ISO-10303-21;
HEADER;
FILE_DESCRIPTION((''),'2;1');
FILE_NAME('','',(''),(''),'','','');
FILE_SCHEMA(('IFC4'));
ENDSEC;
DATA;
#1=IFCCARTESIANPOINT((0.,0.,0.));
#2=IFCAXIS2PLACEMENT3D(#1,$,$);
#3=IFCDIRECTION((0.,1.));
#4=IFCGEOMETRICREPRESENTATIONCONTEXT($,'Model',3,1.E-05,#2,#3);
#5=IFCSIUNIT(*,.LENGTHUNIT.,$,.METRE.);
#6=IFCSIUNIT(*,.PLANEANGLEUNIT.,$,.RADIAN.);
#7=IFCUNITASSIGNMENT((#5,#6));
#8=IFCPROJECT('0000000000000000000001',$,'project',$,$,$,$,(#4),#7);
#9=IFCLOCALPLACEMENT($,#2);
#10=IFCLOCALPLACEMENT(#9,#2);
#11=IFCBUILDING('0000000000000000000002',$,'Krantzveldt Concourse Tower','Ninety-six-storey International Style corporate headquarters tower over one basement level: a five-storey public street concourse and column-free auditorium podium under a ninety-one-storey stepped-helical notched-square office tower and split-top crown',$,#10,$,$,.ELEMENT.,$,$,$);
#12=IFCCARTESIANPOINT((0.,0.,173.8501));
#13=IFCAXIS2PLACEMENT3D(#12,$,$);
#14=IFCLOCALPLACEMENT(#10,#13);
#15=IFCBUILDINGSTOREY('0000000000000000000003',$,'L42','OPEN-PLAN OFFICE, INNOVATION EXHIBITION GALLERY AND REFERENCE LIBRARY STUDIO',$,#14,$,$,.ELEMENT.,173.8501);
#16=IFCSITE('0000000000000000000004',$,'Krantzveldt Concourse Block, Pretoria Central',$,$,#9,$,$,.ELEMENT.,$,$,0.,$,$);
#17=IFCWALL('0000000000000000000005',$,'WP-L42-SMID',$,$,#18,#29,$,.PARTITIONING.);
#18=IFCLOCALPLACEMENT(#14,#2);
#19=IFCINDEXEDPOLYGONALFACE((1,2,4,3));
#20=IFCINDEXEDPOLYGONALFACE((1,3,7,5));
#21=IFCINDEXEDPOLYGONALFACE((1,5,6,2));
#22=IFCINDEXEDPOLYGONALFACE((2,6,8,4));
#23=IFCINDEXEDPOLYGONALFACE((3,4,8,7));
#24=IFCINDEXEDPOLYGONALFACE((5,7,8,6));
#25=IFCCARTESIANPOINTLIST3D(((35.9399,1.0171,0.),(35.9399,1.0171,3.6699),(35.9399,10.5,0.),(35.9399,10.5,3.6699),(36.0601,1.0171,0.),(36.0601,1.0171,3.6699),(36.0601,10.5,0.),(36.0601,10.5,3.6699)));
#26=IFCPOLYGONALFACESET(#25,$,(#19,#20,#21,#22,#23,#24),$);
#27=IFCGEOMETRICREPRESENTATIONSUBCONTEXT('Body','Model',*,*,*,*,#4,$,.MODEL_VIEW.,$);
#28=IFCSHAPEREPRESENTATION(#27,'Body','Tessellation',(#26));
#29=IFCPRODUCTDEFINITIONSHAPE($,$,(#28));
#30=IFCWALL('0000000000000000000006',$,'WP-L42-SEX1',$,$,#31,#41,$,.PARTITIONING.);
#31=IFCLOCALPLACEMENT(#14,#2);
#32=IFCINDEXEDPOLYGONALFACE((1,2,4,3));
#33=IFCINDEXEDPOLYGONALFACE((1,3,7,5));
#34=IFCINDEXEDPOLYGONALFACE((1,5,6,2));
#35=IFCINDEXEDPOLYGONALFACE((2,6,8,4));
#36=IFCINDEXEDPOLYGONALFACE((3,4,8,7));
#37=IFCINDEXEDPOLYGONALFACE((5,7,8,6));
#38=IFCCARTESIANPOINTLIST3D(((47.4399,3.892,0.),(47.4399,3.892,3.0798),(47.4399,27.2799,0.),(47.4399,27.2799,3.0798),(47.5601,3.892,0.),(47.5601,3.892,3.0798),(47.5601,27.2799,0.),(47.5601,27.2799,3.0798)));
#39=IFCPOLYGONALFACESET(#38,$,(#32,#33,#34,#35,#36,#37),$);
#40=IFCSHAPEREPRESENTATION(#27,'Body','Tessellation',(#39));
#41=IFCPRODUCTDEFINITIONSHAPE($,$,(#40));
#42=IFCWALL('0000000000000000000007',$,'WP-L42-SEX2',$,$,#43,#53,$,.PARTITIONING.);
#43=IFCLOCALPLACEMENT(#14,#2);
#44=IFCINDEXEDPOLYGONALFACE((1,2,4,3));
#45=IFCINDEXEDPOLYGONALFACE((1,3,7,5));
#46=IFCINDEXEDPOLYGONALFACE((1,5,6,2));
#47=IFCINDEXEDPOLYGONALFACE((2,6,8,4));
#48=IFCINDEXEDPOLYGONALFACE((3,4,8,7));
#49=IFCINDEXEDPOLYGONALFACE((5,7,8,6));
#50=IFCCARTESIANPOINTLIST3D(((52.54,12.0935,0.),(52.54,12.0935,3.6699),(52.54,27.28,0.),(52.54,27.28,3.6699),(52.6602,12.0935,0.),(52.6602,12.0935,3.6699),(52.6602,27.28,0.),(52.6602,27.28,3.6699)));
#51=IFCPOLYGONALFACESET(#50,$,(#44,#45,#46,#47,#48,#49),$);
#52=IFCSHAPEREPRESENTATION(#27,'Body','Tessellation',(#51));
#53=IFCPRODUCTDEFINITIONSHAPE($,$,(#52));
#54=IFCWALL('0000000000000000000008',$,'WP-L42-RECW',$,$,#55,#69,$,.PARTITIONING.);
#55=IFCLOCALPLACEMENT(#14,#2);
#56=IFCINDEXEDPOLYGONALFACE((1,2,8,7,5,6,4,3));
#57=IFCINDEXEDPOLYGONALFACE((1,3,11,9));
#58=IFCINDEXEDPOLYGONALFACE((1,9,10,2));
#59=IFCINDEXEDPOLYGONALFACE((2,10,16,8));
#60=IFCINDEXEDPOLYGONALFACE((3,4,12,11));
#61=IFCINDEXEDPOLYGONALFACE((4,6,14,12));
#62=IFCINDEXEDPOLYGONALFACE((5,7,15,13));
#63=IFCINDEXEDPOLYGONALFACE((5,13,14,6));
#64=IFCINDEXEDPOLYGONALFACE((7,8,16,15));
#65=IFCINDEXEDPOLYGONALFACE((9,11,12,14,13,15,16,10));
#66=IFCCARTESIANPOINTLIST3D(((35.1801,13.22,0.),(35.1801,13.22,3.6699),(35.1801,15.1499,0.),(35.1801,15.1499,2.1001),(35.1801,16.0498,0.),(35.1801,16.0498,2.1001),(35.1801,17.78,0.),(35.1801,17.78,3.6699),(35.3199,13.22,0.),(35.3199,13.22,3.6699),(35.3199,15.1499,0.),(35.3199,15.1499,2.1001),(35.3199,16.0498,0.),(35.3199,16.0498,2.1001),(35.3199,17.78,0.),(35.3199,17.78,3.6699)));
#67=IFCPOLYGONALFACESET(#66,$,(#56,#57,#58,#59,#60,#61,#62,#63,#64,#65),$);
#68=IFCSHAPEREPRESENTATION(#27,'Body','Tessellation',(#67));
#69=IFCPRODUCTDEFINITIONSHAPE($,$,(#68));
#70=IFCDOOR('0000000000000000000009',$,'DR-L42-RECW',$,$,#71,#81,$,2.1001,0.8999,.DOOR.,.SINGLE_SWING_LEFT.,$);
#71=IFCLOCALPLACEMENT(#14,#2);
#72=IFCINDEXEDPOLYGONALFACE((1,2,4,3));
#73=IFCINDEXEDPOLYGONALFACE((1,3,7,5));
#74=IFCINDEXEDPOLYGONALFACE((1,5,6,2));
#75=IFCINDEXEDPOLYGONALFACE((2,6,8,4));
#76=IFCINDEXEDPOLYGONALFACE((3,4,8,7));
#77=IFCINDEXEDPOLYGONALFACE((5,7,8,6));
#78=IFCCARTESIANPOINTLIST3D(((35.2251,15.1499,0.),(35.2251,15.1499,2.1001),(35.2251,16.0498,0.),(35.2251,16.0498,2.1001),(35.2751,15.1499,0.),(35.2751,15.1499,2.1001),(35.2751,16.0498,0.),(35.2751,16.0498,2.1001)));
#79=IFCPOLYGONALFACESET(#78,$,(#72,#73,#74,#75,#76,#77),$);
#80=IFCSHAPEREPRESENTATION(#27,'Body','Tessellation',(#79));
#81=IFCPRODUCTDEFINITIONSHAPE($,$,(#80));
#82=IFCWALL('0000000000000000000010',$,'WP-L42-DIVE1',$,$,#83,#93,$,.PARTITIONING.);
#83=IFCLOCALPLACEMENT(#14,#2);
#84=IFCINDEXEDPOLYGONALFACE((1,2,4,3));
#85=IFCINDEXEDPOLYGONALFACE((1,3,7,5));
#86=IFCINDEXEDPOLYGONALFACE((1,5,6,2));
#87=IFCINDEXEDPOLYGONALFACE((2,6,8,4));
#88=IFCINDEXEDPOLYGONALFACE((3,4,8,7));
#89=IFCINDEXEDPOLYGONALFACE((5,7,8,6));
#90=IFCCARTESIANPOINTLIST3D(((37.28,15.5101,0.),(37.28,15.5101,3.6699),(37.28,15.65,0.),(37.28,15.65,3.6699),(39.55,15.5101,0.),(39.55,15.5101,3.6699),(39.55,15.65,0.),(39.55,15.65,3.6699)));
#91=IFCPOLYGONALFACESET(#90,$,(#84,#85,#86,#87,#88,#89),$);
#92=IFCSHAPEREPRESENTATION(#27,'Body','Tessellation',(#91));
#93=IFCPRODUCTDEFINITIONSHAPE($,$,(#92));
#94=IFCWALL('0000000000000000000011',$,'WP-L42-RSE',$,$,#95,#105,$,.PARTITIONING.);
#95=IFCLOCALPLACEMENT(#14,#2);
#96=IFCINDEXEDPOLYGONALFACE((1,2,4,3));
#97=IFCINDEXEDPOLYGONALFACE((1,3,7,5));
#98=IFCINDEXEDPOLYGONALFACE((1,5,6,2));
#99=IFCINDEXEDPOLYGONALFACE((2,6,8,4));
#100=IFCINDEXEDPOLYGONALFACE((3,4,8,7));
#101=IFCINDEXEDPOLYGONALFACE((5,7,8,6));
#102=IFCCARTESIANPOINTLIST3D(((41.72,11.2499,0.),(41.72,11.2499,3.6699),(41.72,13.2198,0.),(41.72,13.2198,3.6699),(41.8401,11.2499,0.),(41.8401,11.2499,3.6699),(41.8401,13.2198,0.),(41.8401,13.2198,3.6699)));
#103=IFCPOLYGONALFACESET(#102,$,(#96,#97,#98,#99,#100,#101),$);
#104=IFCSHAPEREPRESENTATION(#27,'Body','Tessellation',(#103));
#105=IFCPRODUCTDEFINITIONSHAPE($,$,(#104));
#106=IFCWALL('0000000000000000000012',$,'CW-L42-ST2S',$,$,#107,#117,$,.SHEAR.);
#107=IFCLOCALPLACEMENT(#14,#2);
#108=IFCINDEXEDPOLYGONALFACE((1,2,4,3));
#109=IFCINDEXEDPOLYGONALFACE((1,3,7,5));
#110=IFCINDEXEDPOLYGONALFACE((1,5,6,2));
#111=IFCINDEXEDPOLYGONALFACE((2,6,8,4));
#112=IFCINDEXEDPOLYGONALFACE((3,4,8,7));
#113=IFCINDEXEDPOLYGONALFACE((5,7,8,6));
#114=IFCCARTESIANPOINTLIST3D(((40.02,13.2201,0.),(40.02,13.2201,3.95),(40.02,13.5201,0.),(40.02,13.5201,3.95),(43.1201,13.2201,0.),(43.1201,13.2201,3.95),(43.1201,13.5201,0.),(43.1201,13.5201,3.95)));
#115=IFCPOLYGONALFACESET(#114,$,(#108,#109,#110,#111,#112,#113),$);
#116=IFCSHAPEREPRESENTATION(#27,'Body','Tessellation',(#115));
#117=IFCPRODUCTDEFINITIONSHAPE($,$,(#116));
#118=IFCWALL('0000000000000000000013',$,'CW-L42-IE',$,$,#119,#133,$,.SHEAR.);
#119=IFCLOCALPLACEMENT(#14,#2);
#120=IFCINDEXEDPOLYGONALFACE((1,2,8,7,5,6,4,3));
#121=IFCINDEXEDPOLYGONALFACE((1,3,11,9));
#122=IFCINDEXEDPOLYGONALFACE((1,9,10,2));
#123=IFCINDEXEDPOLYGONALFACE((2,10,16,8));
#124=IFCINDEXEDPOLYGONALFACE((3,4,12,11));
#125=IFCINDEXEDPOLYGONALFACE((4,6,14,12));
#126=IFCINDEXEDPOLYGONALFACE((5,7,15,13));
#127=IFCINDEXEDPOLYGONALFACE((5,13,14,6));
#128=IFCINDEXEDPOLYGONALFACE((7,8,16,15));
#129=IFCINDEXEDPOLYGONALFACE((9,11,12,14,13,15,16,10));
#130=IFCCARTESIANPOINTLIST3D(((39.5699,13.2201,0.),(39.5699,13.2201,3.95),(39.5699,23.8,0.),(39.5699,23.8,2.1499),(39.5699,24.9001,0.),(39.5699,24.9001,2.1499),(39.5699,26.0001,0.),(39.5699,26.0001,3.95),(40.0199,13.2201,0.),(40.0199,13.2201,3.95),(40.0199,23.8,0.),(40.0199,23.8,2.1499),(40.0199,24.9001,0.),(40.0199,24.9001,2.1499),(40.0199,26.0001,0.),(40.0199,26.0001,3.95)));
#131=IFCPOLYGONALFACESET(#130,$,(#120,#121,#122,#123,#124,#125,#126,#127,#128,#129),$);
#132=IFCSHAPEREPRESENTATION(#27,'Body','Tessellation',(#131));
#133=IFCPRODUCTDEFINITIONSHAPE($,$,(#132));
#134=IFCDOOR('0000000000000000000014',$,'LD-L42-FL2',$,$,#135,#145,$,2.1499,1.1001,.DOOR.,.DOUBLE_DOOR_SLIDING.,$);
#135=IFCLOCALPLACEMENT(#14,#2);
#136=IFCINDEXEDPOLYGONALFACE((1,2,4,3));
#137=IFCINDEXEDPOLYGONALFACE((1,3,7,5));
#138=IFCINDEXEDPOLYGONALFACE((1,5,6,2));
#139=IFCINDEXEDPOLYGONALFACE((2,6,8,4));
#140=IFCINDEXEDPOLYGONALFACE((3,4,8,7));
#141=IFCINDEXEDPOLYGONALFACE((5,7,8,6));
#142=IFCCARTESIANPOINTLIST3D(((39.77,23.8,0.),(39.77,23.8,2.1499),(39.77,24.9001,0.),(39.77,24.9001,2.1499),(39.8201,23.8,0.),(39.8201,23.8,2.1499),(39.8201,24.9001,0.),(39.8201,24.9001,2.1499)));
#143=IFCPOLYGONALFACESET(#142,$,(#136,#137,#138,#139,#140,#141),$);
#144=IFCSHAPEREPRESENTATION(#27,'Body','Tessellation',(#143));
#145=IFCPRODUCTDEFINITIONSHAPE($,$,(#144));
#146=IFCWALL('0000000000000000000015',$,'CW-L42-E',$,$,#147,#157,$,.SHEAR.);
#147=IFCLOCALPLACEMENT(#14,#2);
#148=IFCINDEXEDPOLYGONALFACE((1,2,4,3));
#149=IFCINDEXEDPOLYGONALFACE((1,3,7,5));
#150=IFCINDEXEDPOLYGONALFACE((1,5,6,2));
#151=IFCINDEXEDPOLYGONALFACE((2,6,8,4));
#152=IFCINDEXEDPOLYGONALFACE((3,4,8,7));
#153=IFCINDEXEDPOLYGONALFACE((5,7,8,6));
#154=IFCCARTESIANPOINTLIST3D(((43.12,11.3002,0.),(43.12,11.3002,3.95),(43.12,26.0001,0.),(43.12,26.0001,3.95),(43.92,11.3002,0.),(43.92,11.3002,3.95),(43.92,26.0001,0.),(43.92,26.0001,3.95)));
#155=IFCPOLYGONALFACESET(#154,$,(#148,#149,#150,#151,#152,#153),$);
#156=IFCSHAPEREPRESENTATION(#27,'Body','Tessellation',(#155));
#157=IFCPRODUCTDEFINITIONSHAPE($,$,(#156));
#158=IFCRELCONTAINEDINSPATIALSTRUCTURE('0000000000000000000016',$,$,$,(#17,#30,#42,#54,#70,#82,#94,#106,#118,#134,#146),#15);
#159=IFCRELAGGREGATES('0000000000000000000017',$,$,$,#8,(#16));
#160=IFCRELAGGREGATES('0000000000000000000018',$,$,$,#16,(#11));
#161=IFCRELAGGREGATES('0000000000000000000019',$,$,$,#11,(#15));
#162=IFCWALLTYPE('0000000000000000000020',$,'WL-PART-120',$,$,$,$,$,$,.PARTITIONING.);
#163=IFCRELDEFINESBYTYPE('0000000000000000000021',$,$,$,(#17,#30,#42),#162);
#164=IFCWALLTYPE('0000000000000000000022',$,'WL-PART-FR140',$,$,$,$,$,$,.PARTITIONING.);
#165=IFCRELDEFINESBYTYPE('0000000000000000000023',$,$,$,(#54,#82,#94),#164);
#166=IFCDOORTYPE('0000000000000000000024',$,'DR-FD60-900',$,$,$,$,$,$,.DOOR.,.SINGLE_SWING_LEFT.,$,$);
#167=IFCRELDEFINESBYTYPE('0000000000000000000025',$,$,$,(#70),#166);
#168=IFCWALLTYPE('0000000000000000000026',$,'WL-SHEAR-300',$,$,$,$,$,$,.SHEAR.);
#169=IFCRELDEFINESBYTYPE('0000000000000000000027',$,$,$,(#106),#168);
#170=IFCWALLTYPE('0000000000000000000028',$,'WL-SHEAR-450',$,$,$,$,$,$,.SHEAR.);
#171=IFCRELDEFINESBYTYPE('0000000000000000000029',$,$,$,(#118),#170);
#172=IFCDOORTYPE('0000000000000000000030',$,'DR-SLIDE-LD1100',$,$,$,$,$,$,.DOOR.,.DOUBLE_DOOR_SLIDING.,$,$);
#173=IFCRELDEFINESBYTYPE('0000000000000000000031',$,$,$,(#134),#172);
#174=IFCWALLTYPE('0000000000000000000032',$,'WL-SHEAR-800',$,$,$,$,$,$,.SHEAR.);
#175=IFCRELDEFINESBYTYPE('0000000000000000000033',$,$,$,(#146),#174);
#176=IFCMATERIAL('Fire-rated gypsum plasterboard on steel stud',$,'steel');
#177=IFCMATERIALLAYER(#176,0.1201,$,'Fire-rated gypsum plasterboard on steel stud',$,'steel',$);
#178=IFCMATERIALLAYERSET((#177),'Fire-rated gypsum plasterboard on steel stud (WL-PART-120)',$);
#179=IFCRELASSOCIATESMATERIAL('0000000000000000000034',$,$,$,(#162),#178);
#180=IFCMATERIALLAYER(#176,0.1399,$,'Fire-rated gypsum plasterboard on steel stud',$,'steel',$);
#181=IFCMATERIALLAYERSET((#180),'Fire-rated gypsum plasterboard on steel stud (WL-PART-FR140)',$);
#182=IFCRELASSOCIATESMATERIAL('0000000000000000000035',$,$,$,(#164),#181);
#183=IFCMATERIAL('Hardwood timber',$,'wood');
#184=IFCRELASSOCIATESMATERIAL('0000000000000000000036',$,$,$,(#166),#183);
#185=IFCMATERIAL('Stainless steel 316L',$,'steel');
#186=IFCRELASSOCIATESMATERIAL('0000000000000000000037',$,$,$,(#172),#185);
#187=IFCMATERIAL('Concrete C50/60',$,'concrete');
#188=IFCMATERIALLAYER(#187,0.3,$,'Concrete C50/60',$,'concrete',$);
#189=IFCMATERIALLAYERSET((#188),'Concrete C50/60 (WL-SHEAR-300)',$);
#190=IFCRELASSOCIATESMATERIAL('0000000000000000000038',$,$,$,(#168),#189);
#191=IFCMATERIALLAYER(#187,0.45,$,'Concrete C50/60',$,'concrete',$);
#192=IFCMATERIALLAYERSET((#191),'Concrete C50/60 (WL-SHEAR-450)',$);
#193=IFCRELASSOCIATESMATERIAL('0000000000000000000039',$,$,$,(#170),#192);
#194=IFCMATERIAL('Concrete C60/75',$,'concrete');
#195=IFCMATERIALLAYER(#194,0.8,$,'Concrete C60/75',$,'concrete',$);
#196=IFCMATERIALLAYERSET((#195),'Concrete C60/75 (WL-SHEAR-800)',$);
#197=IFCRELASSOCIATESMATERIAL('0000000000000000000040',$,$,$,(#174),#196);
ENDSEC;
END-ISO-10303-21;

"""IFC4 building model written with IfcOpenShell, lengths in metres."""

from ifc_helpers import new_model, si_unit, direction, frame, frame_2d, origin, place, context, subcontext, project, spatial, rectangle, extrude, material, layer, layer_set, type_object, element, fill, save


model = new_model("IFC4")

# Units and contexts
model_context = context("Model", 3, precision=1e-05, world=origin(), true_north=direction((0.0, 1.0)))
body_context = subcontext(model_context, "Body", "Model", "MODEL_VIEW")
ifc_project = project(units=[si_unit("LENGTHUNIT", "METRE"), si_unit("PLANEANGLEUNIT", "RADIAN")], contexts=[model_context])

# Site, building, storey
site_placement = place(None, origin())
site = spatial("IfcSite", under=ifc_project, at=site_placement, Name="Krantzveldt Concourse Block, Pretoria Central", CompositionType="ELEMENT", RefElevation=0.0)
building_placement = place(site_placement, origin())
building = spatial("IfcBuilding", under=site, at=building_placement, Name="Krantzveldt Concourse Tower", Description="Ninety-six-storey International Style corporate headquarters tower over one basement level: a five-storey public street concourse and column-free auditorium podium under a ninety-one-storey stepped-helical notched-square office tower and split-top crown", CompositionType="ELEMENT")
storey_placement = place(building_placement, frame((0.0, 0.0, 173.8501)))
storey = spatial("IfcBuildingStorey", under=building, at=storey_placement, Name="L42", Description="OPEN-PLAN OFFICE, INNOVATION EXHIBITION GALLERY AND REFERENCE LIBRARY STUDIO", CompositionType="ELEMENT", Elevation=173.8501)

# Shared definitions
ifc_material_1 = material(Name="Fire-rated gypsum plasterboard on steel stud", Category="steel")
ifc_layer_1 = layer(ifc_material_1, 0.1201, Name="Fire-rated gypsum plasterboard on steel stud", Category="steel")
ifc_layer_set_1 = layer_set([ifc_layer_1], Name="Fire-rated gypsum plasterboard on steel stud (WL-PART-120)")
wall_type_1 = type_object("IfcWallType", Name="WL-PART-120", PredefinedType="PARTITIONING", material=ifc_layer_set_1)
ifc_material_2 = material(Name="Hardwood timber", Category="wood")

# Walls
wall_1_placement = place(storey_placement, frame((36.0, 1.0171, 0.0), z_axis=(0.0, 0.0, 1.0), x_axis=(0.0, 1.0, 0.0)))
element("IfcWall", 1, at=wall_1_placement, inside=storey, type_object=wall_type_1, Name="WP-L42-SMID", PredefinedType="PARTITIONING", context=body_context, shape_type="SweptSolid", body=[
    extrude(rectangle(XDim=9.4829, YDim=0.1201, at=frame_2d((4.7415, 0.0))), origin(), (0.0, 0.0, 1.0), 3.6699),
])
wall_2_placement = place(storey_placement, frame((47.5, 3.8921, 0.0), z_axis=(0.0, 0.0, 1.0), x_axis=(0.0, 1.0, 0.0)))
element("IfcWall", 2, at=wall_2_placement, inside=storey, type_object=wall_type_1, Name="WP-L42-SEX1", PredefinedType="PARTITIONING", context=body_context, shape_type="SweptSolid", body=[
    extrude(rectangle(XDim=23.3879, YDim=0.1201, at=frame_2d((11.6938, 0.0))), origin(), (0.0, 0.0, 1.0), 3.0798),
])
wall_3_placement = place(storey_placement, frame((52.6001, 12.0935, 0.0), z_axis=(0.0, 0.0, 1.0), x_axis=(0.0, 1.0, 0.0)))
element("IfcWall", 3, at=wall_3_placement, inside=storey, type_object=wall_type_1, Name="WP-L42-SEX2", PredefinedType="PARTITIONING", context=body_context, shape_type="SweptSolid", body=[
    extrude(rectangle(XDim=15.1865, YDim=0.1201, at=frame_2d((7.5933, 0.0))), origin(), (0.0, 0.0, 1.0), 3.6699),
])

# Wall, opening, door
ifc_layer_2 = layer(ifc_material_1, 0.1399, Name="Fire-rated gypsum plasterboard on steel stud", Category="steel")
ifc_layer_set_2 = layer_set([ifc_layer_2], Name="Fire-rated gypsum plasterboard on steel stud (WL-PART-FR140)")
wall_type_2 = type_object("IfcWallType", Name="WL-PART-FR140", PredefinedType="PARTITIONING", material=ifc_layer_set_2)
wall_4_placement = place(storey_placement, frame((35.25, 13.22, 0.0), z_axis=(0.0, 0.0, 1.0), x_axis=(0.0, 1.0, 0.0)))
wall_4 = element("IfcWall", 4, at=wall_4_placement, inside=storey, type_object=wall_type_2, Name="WP-L42-RECW", PredefinedType="PARTITIONING", context=body_context, shape_type="SweptSolid", body=[
    extrude(rectangle(XDim=4.5601, YDim=0.1399, at=frame_2d((2.28, 0.0))), origin(), (0.0, 0.0, 1.0), 3.6699),
])
opening_1_placement = place(wall_4_placement, frame((1.9299, 0.0, 0.0)))
opening_1 = element("IfcOpeningElement", 5, at=opening_1_placement, cuts=wall_4, PredefinedType="OPENING", context=body_context, shape_type="SweptSolid", body=[
    extrude(rectangle(XDim=0.8999, YDim=2.1001, at=frame_2d((0.45, 1.05))), frame((0.0, 0.0801, 0.0), z_axis=(0.0, -1.0, 0.0), x_axis=(1.0, 0.0, 0.0)), (0.0, 0.0, 1.0), 0.1599),
])
door_type_1 = type_object("IfcDoorType", Name="DR-FD60-900", OperationType="SINGLE_SWING_LEFT", PredefinedType="DOOR", material=ifc_material_2)
door_1_placement = place(opening_1_placement, origin())
door_1 = element("IfcDoor", 6, at=door_1_placement, inside=storey, type_object=door_type_1, Name="DR-L42-RECW", OperationType="SINGLE_SWING_LEFT", OverallHeight=2.1001, OverallWidth=0.8999, PredefinedType="DOOR", context=body_context, shape_type="SweptSolid", body=[
    extrude(rectangle(XDim=0.8999, YDim=2.1001, at=frame_2d((0.45, 1.05))), frame((0.0, 0.0249, 0.0), z_axis=(0.0, -1.0, 0.0), x_axis=(1.0, 0.0, 0.0)), (0.0, 0.0, 1.0), 0.05),
])
fill(opening_1, door_1)

# Shared definitions
ifc_material_3 = material(Name="Stainless steel 316L", Category="steel")
door_type_2 = type_object("IfcDoorType", Name="DR-SLIDE-LD1100", OperationType="DOUBLE_DOOR_SLIDING", PredefinedType="DOOR", material=ifc_material_3)

# Walls
wall_5_placement = place(storey_placement, frame((37.28, 15.5801, 0.0), z_axis=(0.0, 0.0, 1.0), x_axis=(1.0, 0.0, 0.0)))
element("IfcWall", 7, at=wall_5_placement, inside=storey, type_object=wall_type_2, Name="WP-L42-DIVE1", PredefinedType="PARTITIONING", context=body_context, shape_type="SweptSolid", body=[
    extrude(rectangle(XDim=2.27, YDim=0.1399, at=frame_2d((1.135, 0.0))), origin(), (0.0, 0.0, 1.0), 3.6699),
])
wall_6_placement = place(storey_placement, frame((41.78, 11.25, 0.0), z_axis=(0.0, 0.0, 1.0), x_axis=(0.0, 1.0, 0.0)))
element("IfcWall", 8, at=wall_6_placement, inside=storey, type_object=wall_type_2, Name="WP-L42-RSE", PredefinedType="PARTITIONING", context=body_context, shape_type="SweptSolid", body=[
    extrude(rectangle(XDim=1.97, YDim=0.1201, at=frame_2d((0.9849, 0.0))), origin(), (0.0, 0.0, 1.0), 3.6699),
])
ifc_material_4 = material(Name="Concrete C50/60", Category="concrete")
ifc_layer_3 = layer(ifc_material_4, 0.3, Name="Concrete C50/60", Category="concrete")
ifc_layer_set_3 = layer_set([ifc_layer_3], Name="Concrete C50/60 (WL-SHEAR-300)")
wall_type_3 = type_object("IfcWallType", Name="WL-SHEAR-300", PredefinedType="SHEAR", material=ifc_layer_set_3)
wall_7_placement = place(storey_placement, frame((40.02, 13.3701, 0.0), z_axis=(0.0, 0.0, 1.0), x_axis=(1.0, 0.0, 0.0)))
element("IfcWall", 9, at=wall_7_placement, inside=storey, type_object=wall_type_3, Name="CW-L42-ST2S", PredefinedType="SHEAR", context=body_context, shape_type="SweptSolid", body=[
    extrude(rectangle(XDim=3.1001, YDim=0.3, at=frame_2d((1.55, 0.0))), origin(), (0.0, 0.0, 1.0), 3.95),
])

# Wall, opening, door
ifc_layer_4 = layer(ifc_material_4, 0.45, Name="Concrete C50/60", Category="concrete")
ifc_layer_set_4 = layer_set([ifc_layer_4], Name="Concrete C50/60 (WL-SHEAR-450)")
wall_type_4 = type_object("IfcWallType", Name="WL-SHEAR-450", PredefinedType="SHEAR", material=ifc_layer_set_4)
wall_8_placement = place(storey_placement, frame((39.7949, 13.22, 0.0), z_axis=(0.0, 0.0, 1.0), x_axis=(0.0, 1.0, 0.0)))
wall_8 = element("IfcWall", 10, at=wall_8_placement, inside=storey, type_object=wall_type_4, Name="CW-L42-IE", PredefinedType="SHEAR", context=body_context, shape_type="SweptSolid", body=[
    extrude(rectangle(XDim=12.78, YDim=0.45, at=frame_2d((6.3901, 0.0))), origin(), (0.0, 0.0, 1.0), 3.95),
])
opening_2_placement = place(wall_8_placement, frame((10.5801, 0.0, 0.0)))
opening_2 = element("IfcOpeningElement", 11, at=opening_2_placement, cuts=wall_8, PredefinedType="OPENING", context=body_context, shape_type="SweptSolid", body=[
    extrude(rectangle(XDim=1.1001, YDim=2.1499, at=frame_2d((0.55, 1.075))), frame((0.0, 0.2349, 0.0), z_axis=(0.0, -1.0, 0.0), x_axis=(1.0, 0.0, 0.0)), (0.0, 0.0, 1.0), 0.47),
])
door_2_placement = place(opening_2_placement, origin())
door_2 = element("IfcDoor", 12, at=door_2_placement, inside=storey, type_object=door_type_2, Name="LD-L42-FL2", OperationType="DOUBLE_DOOR_SLIDING", OverallHeight=2.1499, OverallWidth=1.1001, PredefinedType="DOOR", context=body_context, shape_type="SweptSolid", body=[
    extrude(rectangle(XDim=1.1001, YDim=2.1499, at=frame_2d((0.55, 1.075))), frame((0.0, 0.0249, 0.0), z_axis=(0.0, -1.0, 0.0), x_axis=(1.0, 0.0, 0.0)), (0.0, 0.0, 1.0), 0.05),
])
fill(opening_2, door_2)

# Wall
ifc_material_5 = material(Name="Concrete C60/75", Category="concrete")
ifc_layer_5 = layer(ifc_material_5, 0.8, Name="Concrete C60/75", Category="concrete")
ifc_layer_set_5 = layer_set([ifc_layer_5], Name="Concrete C60/75 (WL-SHEAR-800)")
wall_type_5 = type_object("IfcWallType", Name="WL-SHEAR-800", PredefinedType="SHEAR", material=ifc_layer_set_5)
wall_9_placement = place(storey_placement, frame((43.52, 11.3, 0.0), z_axis=(0.0, 0.0, 1.0), x_axis=(0.0, 1.0, 0.0)))
element("IfcWall", 13, at=wall_9_placement, inside=storey, type_object=wall_type_5, Name="CW-L42-E", PredefinedType="SHEAR", context=body_context, shape_type="SweptSolid", body=[
    extrude(rectangle(XDim=14.7, YDim=0.8, at=frame_2d((7.3501, 0.0))), origin(), (0.0, 0.0, 1.0), 3.95),
])

save(model, "model.ifc")
